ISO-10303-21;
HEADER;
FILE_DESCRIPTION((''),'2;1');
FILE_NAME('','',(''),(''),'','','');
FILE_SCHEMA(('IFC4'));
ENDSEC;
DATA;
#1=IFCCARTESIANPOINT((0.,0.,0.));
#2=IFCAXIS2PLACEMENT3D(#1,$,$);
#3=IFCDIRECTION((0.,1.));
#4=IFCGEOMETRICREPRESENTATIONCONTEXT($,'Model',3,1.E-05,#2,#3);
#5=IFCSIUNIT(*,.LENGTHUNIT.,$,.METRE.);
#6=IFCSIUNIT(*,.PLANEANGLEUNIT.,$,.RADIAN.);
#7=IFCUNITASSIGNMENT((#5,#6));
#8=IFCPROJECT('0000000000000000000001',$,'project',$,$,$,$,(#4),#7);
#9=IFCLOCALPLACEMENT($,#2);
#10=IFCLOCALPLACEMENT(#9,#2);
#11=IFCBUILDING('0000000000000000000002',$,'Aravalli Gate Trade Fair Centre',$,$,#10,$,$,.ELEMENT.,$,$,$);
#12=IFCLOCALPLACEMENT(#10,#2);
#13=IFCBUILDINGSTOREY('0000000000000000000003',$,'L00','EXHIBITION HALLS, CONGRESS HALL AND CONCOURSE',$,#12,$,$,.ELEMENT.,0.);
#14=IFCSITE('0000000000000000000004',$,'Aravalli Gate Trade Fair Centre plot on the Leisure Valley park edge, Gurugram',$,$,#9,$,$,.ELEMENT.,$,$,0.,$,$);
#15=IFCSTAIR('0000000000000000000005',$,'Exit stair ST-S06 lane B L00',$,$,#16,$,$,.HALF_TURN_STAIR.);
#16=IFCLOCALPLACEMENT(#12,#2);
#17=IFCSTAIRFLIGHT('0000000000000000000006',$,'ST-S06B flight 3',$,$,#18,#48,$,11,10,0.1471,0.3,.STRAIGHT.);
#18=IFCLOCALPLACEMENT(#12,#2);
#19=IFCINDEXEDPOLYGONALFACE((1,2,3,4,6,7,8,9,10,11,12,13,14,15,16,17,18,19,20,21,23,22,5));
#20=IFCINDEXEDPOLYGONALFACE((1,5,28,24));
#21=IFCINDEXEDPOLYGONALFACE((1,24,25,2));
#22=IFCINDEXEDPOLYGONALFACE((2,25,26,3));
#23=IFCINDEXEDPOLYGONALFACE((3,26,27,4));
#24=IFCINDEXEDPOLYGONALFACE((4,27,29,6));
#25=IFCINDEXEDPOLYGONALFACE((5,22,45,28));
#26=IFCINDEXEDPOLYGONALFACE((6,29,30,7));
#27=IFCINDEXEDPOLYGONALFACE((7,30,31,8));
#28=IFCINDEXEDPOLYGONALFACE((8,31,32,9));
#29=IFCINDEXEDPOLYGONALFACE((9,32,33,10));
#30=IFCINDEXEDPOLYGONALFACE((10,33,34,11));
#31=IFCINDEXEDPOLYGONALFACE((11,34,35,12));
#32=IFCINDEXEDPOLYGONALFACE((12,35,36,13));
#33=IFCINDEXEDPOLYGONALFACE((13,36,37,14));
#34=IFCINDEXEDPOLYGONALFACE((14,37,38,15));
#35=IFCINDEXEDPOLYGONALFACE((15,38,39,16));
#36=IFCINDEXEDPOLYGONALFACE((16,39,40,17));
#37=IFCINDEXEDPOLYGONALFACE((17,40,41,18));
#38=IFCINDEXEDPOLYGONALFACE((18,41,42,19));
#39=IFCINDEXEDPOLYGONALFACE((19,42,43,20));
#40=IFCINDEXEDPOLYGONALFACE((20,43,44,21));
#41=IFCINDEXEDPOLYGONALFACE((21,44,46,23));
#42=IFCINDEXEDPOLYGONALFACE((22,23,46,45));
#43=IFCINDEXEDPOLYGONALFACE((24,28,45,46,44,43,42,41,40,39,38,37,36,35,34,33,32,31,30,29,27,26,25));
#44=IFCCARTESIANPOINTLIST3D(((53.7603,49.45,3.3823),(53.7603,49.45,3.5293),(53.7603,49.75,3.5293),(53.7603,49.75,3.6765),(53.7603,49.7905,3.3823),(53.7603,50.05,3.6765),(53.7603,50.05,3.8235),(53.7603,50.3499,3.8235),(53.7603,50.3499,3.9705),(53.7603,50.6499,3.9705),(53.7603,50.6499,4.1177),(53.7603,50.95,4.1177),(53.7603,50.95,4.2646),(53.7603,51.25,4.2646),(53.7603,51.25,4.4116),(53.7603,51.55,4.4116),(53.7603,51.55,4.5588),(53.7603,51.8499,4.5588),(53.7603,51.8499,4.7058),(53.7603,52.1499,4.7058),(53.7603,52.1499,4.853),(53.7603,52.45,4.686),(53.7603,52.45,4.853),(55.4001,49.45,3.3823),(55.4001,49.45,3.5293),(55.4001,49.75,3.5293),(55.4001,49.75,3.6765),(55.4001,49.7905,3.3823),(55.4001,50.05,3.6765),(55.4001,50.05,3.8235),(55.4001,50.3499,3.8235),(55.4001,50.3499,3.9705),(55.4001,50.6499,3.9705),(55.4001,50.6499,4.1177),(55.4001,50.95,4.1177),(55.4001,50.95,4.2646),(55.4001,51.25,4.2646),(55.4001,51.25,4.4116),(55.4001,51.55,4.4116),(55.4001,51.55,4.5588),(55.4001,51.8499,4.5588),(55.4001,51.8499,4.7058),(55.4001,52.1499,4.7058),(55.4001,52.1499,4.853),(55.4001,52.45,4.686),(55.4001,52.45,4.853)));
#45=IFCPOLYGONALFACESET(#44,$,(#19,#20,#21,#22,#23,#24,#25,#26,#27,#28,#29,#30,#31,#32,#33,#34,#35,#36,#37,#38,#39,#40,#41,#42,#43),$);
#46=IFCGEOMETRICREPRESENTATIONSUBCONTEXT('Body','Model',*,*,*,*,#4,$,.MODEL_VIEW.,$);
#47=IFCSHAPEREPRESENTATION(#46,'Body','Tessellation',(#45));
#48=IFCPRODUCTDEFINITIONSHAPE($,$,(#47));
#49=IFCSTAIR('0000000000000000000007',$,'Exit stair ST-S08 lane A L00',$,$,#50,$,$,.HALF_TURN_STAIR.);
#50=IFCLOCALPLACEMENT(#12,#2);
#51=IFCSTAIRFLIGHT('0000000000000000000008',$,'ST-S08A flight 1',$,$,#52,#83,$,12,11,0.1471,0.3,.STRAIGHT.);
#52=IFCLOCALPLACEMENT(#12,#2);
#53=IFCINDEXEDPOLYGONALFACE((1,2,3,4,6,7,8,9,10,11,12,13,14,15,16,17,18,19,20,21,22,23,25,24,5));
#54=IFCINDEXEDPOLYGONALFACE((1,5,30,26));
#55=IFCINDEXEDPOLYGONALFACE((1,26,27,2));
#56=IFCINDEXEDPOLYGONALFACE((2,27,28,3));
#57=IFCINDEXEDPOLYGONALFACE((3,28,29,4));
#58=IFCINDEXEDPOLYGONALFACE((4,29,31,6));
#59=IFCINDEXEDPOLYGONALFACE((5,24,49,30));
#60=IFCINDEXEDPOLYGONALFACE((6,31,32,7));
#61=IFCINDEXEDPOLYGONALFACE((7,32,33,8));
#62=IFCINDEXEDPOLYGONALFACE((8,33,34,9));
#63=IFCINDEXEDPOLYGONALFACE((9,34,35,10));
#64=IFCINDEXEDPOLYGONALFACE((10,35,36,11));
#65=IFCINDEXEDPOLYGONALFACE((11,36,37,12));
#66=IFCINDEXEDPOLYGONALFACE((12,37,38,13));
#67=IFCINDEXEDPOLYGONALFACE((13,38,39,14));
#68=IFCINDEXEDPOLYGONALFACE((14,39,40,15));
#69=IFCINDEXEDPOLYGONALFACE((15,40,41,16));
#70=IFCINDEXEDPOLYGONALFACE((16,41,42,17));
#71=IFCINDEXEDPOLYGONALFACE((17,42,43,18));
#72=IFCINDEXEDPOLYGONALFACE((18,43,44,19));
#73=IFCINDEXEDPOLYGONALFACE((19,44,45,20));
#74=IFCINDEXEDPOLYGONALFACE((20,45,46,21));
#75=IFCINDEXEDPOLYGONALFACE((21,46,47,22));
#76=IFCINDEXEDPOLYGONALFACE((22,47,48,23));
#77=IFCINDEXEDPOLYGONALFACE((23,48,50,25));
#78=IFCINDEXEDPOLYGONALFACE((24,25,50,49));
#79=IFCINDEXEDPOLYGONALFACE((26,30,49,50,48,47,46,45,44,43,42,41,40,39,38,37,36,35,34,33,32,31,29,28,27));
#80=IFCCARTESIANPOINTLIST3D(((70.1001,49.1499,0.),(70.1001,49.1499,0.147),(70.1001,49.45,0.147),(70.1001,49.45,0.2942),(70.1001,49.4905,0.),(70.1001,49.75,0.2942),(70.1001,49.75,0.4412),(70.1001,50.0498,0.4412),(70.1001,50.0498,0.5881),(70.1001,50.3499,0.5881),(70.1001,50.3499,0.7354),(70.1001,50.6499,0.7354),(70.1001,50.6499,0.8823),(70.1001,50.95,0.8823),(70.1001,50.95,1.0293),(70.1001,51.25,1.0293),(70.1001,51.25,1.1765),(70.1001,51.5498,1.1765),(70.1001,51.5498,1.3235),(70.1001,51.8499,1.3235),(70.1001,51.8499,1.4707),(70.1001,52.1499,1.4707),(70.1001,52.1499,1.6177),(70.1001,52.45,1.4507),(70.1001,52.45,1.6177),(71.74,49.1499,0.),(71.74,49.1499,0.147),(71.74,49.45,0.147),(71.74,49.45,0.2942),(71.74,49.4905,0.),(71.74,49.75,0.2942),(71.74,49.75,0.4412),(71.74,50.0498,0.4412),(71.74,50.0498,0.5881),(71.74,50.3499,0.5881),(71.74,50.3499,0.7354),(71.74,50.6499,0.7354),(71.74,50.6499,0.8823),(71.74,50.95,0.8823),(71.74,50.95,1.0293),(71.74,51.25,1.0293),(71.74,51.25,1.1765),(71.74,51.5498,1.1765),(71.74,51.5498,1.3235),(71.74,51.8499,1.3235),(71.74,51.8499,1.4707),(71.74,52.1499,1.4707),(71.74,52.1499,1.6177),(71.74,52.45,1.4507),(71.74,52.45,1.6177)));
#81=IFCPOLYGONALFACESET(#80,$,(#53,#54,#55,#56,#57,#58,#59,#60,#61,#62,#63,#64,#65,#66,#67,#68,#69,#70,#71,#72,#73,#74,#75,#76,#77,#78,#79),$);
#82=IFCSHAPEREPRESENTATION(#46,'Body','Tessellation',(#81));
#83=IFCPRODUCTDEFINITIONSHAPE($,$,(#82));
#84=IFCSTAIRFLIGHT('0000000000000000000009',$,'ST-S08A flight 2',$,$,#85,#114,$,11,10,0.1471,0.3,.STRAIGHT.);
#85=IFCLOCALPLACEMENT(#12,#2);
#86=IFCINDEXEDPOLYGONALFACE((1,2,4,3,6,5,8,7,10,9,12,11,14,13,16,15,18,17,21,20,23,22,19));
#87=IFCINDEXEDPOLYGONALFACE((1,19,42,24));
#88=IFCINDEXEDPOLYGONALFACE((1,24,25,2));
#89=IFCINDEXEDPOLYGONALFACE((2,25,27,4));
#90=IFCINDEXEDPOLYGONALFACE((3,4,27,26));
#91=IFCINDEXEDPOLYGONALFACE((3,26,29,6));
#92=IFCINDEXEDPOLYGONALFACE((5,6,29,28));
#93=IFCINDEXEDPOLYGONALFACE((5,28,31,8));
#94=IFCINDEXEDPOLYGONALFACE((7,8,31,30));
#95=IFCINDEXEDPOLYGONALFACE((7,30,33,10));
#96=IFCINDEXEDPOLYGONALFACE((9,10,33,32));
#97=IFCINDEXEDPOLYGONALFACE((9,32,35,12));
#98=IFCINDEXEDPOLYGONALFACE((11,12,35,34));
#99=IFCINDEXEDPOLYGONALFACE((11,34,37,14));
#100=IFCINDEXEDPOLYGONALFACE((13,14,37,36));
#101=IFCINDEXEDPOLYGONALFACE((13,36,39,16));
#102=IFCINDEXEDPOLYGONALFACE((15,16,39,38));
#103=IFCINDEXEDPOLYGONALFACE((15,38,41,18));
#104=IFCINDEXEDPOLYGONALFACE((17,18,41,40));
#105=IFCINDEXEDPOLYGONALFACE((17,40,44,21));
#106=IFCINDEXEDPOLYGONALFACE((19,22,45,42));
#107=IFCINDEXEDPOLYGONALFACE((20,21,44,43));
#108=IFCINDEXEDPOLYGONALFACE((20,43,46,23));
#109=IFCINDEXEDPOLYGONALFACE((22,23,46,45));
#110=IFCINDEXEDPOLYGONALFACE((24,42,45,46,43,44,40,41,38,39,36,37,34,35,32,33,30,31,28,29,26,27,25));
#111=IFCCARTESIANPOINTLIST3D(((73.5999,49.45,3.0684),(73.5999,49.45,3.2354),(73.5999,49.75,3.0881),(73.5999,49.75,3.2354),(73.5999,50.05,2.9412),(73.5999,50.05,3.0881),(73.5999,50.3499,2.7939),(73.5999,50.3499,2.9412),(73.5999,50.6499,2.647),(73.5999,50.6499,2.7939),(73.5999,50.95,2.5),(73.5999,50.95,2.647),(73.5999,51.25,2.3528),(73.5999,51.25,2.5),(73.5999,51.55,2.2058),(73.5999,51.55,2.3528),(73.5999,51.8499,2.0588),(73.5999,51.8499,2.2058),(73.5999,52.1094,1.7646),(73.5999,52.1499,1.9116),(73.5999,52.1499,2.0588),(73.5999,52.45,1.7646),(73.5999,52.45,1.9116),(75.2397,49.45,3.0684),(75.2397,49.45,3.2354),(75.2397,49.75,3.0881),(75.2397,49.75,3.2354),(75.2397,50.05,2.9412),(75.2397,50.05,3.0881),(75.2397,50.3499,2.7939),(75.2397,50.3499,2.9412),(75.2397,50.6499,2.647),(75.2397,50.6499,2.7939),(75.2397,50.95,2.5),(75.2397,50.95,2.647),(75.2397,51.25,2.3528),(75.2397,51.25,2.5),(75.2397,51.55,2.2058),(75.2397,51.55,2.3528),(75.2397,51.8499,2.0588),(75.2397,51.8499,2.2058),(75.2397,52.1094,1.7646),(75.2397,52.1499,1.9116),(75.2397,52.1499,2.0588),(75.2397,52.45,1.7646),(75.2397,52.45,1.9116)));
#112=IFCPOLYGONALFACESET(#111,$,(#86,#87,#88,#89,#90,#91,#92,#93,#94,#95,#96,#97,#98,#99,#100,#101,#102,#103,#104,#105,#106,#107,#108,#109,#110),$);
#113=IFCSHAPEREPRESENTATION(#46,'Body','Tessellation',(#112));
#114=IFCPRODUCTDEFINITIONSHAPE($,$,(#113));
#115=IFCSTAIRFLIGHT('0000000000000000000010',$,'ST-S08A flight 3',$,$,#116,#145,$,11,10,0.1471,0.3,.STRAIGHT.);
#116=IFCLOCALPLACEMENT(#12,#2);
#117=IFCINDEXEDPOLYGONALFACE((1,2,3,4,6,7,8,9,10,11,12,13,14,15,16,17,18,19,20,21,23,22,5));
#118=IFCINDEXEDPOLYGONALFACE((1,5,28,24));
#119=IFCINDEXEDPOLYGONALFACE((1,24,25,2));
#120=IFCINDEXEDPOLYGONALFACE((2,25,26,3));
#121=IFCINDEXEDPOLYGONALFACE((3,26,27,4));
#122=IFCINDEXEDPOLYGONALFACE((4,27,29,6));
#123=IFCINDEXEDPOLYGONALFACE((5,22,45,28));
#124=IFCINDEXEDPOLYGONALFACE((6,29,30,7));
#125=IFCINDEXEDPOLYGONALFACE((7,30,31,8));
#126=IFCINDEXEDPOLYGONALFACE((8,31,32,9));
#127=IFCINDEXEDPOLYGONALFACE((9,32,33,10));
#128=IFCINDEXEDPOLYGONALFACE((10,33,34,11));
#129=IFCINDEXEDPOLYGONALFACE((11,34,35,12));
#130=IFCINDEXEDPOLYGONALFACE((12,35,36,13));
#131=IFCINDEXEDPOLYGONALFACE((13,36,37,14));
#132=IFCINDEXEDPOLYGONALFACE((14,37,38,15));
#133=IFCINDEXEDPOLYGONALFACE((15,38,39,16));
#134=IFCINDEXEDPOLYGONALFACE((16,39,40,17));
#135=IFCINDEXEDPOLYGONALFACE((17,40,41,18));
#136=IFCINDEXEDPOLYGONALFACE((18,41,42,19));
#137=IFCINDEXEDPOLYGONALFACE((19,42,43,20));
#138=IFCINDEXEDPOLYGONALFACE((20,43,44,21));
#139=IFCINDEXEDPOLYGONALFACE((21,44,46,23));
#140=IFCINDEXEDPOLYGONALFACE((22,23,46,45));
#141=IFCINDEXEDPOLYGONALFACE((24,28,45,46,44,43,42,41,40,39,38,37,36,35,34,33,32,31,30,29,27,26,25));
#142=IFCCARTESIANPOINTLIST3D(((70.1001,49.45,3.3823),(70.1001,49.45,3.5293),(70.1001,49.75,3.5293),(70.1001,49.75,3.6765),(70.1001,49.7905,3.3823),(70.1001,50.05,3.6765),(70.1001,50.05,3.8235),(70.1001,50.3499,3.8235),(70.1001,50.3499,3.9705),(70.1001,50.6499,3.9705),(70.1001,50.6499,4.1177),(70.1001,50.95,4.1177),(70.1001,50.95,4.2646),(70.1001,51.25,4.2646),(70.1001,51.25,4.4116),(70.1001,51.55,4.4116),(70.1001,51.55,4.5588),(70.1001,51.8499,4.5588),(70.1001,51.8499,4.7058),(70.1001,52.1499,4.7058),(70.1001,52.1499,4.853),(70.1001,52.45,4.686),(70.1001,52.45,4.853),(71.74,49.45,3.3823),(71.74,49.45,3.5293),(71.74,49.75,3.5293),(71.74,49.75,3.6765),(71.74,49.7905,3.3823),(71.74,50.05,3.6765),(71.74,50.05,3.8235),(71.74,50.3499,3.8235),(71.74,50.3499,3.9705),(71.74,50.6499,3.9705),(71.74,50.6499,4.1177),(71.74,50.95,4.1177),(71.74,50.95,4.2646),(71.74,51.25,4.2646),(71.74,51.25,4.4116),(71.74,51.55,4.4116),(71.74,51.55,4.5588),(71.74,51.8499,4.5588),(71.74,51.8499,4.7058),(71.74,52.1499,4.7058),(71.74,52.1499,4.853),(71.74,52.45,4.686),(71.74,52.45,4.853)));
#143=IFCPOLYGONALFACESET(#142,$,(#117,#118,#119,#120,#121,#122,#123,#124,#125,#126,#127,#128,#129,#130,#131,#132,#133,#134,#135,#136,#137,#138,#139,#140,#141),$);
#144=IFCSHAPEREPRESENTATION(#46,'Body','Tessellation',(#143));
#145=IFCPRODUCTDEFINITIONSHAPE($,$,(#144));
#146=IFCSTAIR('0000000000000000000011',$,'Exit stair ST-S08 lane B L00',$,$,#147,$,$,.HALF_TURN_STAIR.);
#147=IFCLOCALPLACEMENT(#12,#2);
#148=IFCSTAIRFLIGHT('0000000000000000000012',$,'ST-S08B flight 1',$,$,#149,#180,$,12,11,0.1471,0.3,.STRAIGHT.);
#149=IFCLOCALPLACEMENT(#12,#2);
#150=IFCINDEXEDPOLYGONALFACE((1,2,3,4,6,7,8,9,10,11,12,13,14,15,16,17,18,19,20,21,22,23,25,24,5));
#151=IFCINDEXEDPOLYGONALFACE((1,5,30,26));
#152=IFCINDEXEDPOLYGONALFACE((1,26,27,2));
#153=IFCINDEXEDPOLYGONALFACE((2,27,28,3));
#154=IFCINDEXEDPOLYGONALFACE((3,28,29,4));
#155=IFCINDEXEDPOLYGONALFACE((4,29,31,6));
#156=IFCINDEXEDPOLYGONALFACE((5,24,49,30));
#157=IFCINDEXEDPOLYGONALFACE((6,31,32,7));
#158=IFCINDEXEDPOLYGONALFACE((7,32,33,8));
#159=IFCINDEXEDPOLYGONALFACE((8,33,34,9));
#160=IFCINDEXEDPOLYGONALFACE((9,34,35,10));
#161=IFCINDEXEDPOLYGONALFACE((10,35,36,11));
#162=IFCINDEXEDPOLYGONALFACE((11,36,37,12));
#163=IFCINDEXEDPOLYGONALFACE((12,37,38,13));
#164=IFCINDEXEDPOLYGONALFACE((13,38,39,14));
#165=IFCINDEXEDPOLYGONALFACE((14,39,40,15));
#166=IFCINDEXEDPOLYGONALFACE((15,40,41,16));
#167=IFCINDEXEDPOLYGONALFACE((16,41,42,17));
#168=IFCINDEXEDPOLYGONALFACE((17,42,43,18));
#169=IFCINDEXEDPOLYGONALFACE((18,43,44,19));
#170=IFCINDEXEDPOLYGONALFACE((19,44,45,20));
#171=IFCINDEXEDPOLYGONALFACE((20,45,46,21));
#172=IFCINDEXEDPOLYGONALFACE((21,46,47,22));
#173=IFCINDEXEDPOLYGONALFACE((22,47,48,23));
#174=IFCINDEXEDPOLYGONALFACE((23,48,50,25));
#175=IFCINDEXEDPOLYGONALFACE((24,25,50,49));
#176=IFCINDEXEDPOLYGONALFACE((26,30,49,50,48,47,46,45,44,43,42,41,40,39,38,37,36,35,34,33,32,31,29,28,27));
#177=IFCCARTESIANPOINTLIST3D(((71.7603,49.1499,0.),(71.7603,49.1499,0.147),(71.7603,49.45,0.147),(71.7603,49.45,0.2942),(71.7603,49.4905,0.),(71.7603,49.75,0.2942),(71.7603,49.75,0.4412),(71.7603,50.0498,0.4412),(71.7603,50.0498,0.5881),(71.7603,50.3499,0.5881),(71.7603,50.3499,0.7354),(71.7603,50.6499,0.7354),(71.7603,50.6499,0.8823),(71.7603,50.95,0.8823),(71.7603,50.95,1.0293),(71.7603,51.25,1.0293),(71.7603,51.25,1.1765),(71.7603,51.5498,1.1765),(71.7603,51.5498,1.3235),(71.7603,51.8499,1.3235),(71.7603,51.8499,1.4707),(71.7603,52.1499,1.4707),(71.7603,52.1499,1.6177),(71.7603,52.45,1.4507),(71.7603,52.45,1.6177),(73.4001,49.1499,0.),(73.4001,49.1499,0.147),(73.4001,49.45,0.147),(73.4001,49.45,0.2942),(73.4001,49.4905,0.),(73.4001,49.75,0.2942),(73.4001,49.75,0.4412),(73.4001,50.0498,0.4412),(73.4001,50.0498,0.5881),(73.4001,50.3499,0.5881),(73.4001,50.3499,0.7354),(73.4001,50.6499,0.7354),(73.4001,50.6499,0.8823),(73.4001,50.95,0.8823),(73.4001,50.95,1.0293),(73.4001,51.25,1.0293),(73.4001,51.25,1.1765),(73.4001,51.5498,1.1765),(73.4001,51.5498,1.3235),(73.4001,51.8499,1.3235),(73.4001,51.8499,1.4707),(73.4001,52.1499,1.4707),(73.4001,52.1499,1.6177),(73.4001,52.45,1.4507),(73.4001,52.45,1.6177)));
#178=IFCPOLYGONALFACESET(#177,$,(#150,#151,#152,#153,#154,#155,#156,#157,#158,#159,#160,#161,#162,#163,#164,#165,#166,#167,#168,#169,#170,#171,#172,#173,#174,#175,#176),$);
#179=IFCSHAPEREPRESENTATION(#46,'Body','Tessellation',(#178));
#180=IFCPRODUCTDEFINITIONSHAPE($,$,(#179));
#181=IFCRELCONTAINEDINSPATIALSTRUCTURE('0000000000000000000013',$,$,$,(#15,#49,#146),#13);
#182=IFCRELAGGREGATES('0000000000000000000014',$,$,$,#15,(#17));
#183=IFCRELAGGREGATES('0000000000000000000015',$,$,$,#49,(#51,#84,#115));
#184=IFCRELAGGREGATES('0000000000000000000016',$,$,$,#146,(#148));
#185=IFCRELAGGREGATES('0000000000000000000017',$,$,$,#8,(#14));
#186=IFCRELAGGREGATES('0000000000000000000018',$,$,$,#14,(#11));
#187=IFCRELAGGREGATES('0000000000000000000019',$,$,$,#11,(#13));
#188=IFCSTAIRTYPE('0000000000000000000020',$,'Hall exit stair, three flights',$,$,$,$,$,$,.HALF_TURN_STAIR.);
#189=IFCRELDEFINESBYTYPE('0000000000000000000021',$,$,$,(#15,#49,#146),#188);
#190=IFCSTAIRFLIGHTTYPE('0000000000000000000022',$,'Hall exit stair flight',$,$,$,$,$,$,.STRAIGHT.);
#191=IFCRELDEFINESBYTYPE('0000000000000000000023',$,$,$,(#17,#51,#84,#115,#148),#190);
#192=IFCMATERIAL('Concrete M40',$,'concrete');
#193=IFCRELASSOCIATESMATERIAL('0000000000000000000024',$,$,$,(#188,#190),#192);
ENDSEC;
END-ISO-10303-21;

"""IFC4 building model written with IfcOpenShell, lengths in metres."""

from ifc_helpers import new_model, si_unit, direction, frame, origin, place, context, subcontext, project, spatial, polyline, outline, extrude, material, type_object, element, aggregate, save


model = new_model("IFC4")

# Units and contexts
model_context = context("Model", 3, precision=1e-05, world=origin(), true_north=direction((0.0, 1.0)))
body_context = subcontext(model_context, "Body", "Model", "MODEL_VIEW")
ifc_project = project(units=[si_unit("LENGTHUNIT", "METRE"), si_unit("PLANEANGLEUNIT", "RADIAN")], contexts=[model_context])

# Site, building, storey
site_placement = place(None, origin())
site = spatial("IfcSite", under=ifc_project, at=site_placement, Name="Aravalli Gate Trade Fair Centre plot on the Leisure Valley park edge, Gurugram", CompositionType="ELEMENT", RefElevation=0.0)
building_placement = place(site_placement, origin())
building = spatial("IfcBuilding", under=site, at=building_placement, Name="Aravalli Gate Trade Fair Centre", CompositionType="ELEMENT")
storey_placement = place(building_placement, origin())
storey = spatial("IfcBuildingStorey", under=building, at=storey_placement, Name="L00", Description="EXHIBITION HALLS, CONGRESS HALL AND CONCOURSE", CompositionType="ELEMENT", Elevation=0.0)

# Stairs, stair flights
ifc_material_1 = material(Name="Concrete M40", Category="concrete")
stair_type = type_object("IfcStairType", Name="Hall exit stair, three flights", PredefinedType="HALF_TURN_STAIR", material=ifc_material_1)
stair_flight_type = type_object("IfcStairFlightType", Name="Hall exit stair flight", PredefinedType="STRAIGHT", material=ifc_material_1)
stair_1_placement = place(storey_placement, origin())
stair_1 = element("IfcStair", 1, at=stair_1_placement, inside=storey, type_object=stair_type, Name="Exit stair ST-S06 lane B L00", PredefinedType="HALF_TURN_STAIR")
stair_flight_1_placement = place(storey_placement, frame((54.5801, 49.45, 3.3823), z_axis=(0.0, 0.0, 1.0), x_axis=(0.0, 1.0, 0.0)))
stair_flight_1 = element("IfcStairFlight", 2, at=stair_flight_1_placement, type_object=stair_flight_type, Name="ST-S06B flight 3", NumberOfRisers=11, NumberOfTreads=10, PredefinedType="STRAIGHT", RiserHeight=0.1471, TreadLength=0.3, context=body_context, shape_type="SweptSolid", body=[
    extrude(outline(polyline([(0.0, 0.0), (0.0, 0.147), (0.3, 0.147), (0.3, 0.2942), (0.6001, 0.2942), (0.6001, 0.4412), (0.8999, 0.4412), (0.8999, 0.5881), (1.2, 0.5881), (1.2, 0.7354), (1.5, 0.7354), (1.5, 0.8823), (1.8, 0.8823), (1.8, 1.0293), (2.1001, 1.0293), (2.1001, 1.1765), (2.3999, 1.1765), (2.3999, 1.3235), (2.7, 1.3235), (2.7, 1.4707), (3.0, 1.4707), (3.0, 1.6177), (3.0, 1.3037), (0.3406, 0.0), (0.0, 0.0)])), frame((0.0, 0.8198, 0.0), z_axis=(0.0, -1.0, 0.0), x_axis=(1.0, 0.0, 0.0)), (0.0, 0.0, 1.0), 1.6399),
])
aggregate(stair_1, [stair_flight_1])
stair_2_placement = place(storey_placement, origin())
stair_2 = element("IfcStair", 3, at=stair_2_placement, inside=storey, type_object=stair_type, Name="Exit stair ST-S08 lane A L00", PredefinedType="HALF_TURN_STAIR")
stair_flight_2_placement = place(storey_placement, frame((70.9199, 49.1499, 0.0), z_axis=(0.0, 0.0, 1.0), x_axis=(0.0, 1.0, 0.0)))
stair_flight_2 = element("IfcStairFlight", 4, at=stair_flight_2_placement, type_object=stair_flight_type, Name="ST-S08A flight 1", NumberOfRisers=12, NumberOfTreads=11, PredefinedType="STRAIGHT", RiserHeight=0.1471, TreadLength=0.3, context=body_context, shape_type="SweptSolid", body=[
    extrude(outline(polyline([(0.0, 0.0), (0.0, 0.147), (0.3, 0.147), (0.3, 0.2942), (0.6001, 0.2942), (0.6001, 0.4412), (0.8999, 0.4412), (0.8999, 0.5881), (1.2, 0.5881), (1.2, 0.7354), (1.5, 0.7354), (1.5, 0.8823), (1.8, 0.8823), (1.8, 1.0293), (2.1001, 1.0293), (2.1001, 1.1765), (2.3999, 1.1765), (2.3999, 1.3235), (2.7, 1.3235), (2.7, 1.4707), (3.0, 1.4707), (3.0, 1.6177), (3.3, 1.6177), (3.3, 1.7646), (3.3, 1.4507), (0.3406, 0.0), (0.0, 0.0)])), frame((0.0, 0.8198, 0.0), z_axis=(0.0, -1.0, 0.0), x_axis=(1.0, 0.0, 0.0)), (0.0, 0.0, 1.0), 1.6399),
])
stair_flight_3_placement = place(storey_placement, frame((74.4199, 52.45, 1.7646), z_axis=(0.0, 0.0, 1.0), x_axis=(0.0, -1.0, 0.0)))
stair_flight_3 = element("IfcStairFlight", 5, at=stair_flight_3_placement, type_object=stair_flight_type, Name="ST-S08A flight 2", NumberOfRisers=11, NumberOfTreads=10, PredefinedType="STRAIGHT", RiserHeight=0.1471, TreadLength=0.3, context=body_context, shape_type="SweptSolid", body=[
    extrude(outline(polyline([(0.0, 0.0), (0.0, 0.147), (0.3, 0.147), (0.3, 0.2942), (0.6001, 0.2942), (0.6001, 0.4412), (0.8999, 0.4412), (0.8999, 0.5881), (1.2, 0.5881), (1.2, 0.7354), (1.5, 0.7354), (1.5, 0.8823), (1.8, 0.8823), (1.8, 1.0293), (2.1001, 1.0293), (2.1001, 1.1765), (2.3999, 1.1765), (2.3999, 1.3235), (2.7, 1.3235), (2.7, 1.4707), (3.0, 1.4707), (3.0, 1.6177), (3.0, 1.3037), (0.3406, 0.0), (0.0, 0.0)])), frame((0.0, 0.8198, 0.0), z_axis=(0.0, -1.0, 0.0), x_axis=(1.0, 0.0, 0.0)), (0.0, 0.0, 1.0), 1.6399),
])
stair_flight_4_placement = place(storey_placement, frame((70.9199, 49.45, 3.3823), z_axis=(0.0, 0.0, 1.0), x_axis=(0.0, 1.0, 0.0)))
stair_flight_4 = element("IfcStairFlight", 6, at=stair_flight_4_placement, type_object=stair_flight_type, Name="ST-S08A flight 3", NumberOfRisers=11, NumberOfTreads=10, PredefinedType="STRAIGHT", RiserHeight=0.1471, TreadLength=0.3, context=body_context, shape_type="SweptSolid", body=[
    extrude(outline(polyline([(0.0, 0.0), (0.0, 0.147), (0.3, 0.147), (0.3, 0.2942), (0.6001, 0.2942), (0.6001, 0.4412), (0.8999, 0.4412), (0.8999, 0.5881), (1.2, 0.5881), (1.2, 0.7354), (1.5, 0.7354), (1.5, 0.8823), (1.8, 0.8823), (1.8, 1.0293), (2.1001, 1.0293), (2.1001, 1.1765), (2.3999, 1.1765), (2.3999, 1.3235), (2.7, 1.3235), (2.7, 1.4707), (3.0, 1.4707), (3.0, 1.6177), (3.0, 1.3037), (0.3406, 0.0), (0.0, 0.0)])), frame((0.0, 0.8198, 0.0), z_axis=(0.0, -1.0, 0.0), x_axis=(1.0, 0.0, 0.0)), (0.0, 0.0, 1.0), 1.6399),
])
aggregate(stair_2, [stair_flight_2, stair_flight_3, stair_flight_4])
stair_3_placement = place(storey_placement, origin())
stair_3 = element("IfcStair", 7, at=stair_3_placement, inside=storey, type_object=stair_type, Name="Exit stair ST-S08 lane B L00", PredefinedType="HALF_TURN_STAIR")
stair_flight_5_placement = place(storey_placement, frame((72.5801, 49.1499, 0.0), z_axis=(0.0, 0.0, 1.0), x_axis=(0.0, 1.0, 0.0)))
stair_flight_5 = element("IfcStairFlight", 8, at=stair_flight_5_placement, type_object=stair_flight_type, Name="ST-S08B flight 1", NumberOfRisers=12, NumberOfTreads=11, PredefinedType="STRAIGHT", RiserHeight=0.1471, TreadLength=0.3, context=body_context, shape_type="SweptSolid", body=[
    extrude(outline(polyline([(0.0, 0.0), (0.0, 0.147), (0.3, 0.147), (0.3, 0.2942), (0.6001, 0.2942), (0.6001, 0.4412), (0.8999, 0.4412), (0.8999, 0.5881), (1.2, 0.5881), (1.2, 0.7354), (1.5, 0.7354), (1.5, 0.8823), (1.8, 0.8823), (1.8, 1.0293), (2.1001, 1.0293), (2.1001, 1.1765), (2.3999, 1.1765), (2.3999, 1.3235), (2.7, 1.3235), (2.7, 1.4707), (3.0, 1.4707), (3.0, 1.6177), (3.3, 1.6177), (3.3, 1.7646), (3.3, 1.4507), (0.3406, 0.0), (0.0, 0.0)])), frame((0.0, 0.8198, 0.0), z_axis=(0.0, -1.0, 0.0), x_axis=(1.0, 0.0, 0.0)), (0.0, 0.0, 1.0), 1.6399),
])
aggregate(stair_3, [stair_flight_5])

save(model, "model.ifc")
